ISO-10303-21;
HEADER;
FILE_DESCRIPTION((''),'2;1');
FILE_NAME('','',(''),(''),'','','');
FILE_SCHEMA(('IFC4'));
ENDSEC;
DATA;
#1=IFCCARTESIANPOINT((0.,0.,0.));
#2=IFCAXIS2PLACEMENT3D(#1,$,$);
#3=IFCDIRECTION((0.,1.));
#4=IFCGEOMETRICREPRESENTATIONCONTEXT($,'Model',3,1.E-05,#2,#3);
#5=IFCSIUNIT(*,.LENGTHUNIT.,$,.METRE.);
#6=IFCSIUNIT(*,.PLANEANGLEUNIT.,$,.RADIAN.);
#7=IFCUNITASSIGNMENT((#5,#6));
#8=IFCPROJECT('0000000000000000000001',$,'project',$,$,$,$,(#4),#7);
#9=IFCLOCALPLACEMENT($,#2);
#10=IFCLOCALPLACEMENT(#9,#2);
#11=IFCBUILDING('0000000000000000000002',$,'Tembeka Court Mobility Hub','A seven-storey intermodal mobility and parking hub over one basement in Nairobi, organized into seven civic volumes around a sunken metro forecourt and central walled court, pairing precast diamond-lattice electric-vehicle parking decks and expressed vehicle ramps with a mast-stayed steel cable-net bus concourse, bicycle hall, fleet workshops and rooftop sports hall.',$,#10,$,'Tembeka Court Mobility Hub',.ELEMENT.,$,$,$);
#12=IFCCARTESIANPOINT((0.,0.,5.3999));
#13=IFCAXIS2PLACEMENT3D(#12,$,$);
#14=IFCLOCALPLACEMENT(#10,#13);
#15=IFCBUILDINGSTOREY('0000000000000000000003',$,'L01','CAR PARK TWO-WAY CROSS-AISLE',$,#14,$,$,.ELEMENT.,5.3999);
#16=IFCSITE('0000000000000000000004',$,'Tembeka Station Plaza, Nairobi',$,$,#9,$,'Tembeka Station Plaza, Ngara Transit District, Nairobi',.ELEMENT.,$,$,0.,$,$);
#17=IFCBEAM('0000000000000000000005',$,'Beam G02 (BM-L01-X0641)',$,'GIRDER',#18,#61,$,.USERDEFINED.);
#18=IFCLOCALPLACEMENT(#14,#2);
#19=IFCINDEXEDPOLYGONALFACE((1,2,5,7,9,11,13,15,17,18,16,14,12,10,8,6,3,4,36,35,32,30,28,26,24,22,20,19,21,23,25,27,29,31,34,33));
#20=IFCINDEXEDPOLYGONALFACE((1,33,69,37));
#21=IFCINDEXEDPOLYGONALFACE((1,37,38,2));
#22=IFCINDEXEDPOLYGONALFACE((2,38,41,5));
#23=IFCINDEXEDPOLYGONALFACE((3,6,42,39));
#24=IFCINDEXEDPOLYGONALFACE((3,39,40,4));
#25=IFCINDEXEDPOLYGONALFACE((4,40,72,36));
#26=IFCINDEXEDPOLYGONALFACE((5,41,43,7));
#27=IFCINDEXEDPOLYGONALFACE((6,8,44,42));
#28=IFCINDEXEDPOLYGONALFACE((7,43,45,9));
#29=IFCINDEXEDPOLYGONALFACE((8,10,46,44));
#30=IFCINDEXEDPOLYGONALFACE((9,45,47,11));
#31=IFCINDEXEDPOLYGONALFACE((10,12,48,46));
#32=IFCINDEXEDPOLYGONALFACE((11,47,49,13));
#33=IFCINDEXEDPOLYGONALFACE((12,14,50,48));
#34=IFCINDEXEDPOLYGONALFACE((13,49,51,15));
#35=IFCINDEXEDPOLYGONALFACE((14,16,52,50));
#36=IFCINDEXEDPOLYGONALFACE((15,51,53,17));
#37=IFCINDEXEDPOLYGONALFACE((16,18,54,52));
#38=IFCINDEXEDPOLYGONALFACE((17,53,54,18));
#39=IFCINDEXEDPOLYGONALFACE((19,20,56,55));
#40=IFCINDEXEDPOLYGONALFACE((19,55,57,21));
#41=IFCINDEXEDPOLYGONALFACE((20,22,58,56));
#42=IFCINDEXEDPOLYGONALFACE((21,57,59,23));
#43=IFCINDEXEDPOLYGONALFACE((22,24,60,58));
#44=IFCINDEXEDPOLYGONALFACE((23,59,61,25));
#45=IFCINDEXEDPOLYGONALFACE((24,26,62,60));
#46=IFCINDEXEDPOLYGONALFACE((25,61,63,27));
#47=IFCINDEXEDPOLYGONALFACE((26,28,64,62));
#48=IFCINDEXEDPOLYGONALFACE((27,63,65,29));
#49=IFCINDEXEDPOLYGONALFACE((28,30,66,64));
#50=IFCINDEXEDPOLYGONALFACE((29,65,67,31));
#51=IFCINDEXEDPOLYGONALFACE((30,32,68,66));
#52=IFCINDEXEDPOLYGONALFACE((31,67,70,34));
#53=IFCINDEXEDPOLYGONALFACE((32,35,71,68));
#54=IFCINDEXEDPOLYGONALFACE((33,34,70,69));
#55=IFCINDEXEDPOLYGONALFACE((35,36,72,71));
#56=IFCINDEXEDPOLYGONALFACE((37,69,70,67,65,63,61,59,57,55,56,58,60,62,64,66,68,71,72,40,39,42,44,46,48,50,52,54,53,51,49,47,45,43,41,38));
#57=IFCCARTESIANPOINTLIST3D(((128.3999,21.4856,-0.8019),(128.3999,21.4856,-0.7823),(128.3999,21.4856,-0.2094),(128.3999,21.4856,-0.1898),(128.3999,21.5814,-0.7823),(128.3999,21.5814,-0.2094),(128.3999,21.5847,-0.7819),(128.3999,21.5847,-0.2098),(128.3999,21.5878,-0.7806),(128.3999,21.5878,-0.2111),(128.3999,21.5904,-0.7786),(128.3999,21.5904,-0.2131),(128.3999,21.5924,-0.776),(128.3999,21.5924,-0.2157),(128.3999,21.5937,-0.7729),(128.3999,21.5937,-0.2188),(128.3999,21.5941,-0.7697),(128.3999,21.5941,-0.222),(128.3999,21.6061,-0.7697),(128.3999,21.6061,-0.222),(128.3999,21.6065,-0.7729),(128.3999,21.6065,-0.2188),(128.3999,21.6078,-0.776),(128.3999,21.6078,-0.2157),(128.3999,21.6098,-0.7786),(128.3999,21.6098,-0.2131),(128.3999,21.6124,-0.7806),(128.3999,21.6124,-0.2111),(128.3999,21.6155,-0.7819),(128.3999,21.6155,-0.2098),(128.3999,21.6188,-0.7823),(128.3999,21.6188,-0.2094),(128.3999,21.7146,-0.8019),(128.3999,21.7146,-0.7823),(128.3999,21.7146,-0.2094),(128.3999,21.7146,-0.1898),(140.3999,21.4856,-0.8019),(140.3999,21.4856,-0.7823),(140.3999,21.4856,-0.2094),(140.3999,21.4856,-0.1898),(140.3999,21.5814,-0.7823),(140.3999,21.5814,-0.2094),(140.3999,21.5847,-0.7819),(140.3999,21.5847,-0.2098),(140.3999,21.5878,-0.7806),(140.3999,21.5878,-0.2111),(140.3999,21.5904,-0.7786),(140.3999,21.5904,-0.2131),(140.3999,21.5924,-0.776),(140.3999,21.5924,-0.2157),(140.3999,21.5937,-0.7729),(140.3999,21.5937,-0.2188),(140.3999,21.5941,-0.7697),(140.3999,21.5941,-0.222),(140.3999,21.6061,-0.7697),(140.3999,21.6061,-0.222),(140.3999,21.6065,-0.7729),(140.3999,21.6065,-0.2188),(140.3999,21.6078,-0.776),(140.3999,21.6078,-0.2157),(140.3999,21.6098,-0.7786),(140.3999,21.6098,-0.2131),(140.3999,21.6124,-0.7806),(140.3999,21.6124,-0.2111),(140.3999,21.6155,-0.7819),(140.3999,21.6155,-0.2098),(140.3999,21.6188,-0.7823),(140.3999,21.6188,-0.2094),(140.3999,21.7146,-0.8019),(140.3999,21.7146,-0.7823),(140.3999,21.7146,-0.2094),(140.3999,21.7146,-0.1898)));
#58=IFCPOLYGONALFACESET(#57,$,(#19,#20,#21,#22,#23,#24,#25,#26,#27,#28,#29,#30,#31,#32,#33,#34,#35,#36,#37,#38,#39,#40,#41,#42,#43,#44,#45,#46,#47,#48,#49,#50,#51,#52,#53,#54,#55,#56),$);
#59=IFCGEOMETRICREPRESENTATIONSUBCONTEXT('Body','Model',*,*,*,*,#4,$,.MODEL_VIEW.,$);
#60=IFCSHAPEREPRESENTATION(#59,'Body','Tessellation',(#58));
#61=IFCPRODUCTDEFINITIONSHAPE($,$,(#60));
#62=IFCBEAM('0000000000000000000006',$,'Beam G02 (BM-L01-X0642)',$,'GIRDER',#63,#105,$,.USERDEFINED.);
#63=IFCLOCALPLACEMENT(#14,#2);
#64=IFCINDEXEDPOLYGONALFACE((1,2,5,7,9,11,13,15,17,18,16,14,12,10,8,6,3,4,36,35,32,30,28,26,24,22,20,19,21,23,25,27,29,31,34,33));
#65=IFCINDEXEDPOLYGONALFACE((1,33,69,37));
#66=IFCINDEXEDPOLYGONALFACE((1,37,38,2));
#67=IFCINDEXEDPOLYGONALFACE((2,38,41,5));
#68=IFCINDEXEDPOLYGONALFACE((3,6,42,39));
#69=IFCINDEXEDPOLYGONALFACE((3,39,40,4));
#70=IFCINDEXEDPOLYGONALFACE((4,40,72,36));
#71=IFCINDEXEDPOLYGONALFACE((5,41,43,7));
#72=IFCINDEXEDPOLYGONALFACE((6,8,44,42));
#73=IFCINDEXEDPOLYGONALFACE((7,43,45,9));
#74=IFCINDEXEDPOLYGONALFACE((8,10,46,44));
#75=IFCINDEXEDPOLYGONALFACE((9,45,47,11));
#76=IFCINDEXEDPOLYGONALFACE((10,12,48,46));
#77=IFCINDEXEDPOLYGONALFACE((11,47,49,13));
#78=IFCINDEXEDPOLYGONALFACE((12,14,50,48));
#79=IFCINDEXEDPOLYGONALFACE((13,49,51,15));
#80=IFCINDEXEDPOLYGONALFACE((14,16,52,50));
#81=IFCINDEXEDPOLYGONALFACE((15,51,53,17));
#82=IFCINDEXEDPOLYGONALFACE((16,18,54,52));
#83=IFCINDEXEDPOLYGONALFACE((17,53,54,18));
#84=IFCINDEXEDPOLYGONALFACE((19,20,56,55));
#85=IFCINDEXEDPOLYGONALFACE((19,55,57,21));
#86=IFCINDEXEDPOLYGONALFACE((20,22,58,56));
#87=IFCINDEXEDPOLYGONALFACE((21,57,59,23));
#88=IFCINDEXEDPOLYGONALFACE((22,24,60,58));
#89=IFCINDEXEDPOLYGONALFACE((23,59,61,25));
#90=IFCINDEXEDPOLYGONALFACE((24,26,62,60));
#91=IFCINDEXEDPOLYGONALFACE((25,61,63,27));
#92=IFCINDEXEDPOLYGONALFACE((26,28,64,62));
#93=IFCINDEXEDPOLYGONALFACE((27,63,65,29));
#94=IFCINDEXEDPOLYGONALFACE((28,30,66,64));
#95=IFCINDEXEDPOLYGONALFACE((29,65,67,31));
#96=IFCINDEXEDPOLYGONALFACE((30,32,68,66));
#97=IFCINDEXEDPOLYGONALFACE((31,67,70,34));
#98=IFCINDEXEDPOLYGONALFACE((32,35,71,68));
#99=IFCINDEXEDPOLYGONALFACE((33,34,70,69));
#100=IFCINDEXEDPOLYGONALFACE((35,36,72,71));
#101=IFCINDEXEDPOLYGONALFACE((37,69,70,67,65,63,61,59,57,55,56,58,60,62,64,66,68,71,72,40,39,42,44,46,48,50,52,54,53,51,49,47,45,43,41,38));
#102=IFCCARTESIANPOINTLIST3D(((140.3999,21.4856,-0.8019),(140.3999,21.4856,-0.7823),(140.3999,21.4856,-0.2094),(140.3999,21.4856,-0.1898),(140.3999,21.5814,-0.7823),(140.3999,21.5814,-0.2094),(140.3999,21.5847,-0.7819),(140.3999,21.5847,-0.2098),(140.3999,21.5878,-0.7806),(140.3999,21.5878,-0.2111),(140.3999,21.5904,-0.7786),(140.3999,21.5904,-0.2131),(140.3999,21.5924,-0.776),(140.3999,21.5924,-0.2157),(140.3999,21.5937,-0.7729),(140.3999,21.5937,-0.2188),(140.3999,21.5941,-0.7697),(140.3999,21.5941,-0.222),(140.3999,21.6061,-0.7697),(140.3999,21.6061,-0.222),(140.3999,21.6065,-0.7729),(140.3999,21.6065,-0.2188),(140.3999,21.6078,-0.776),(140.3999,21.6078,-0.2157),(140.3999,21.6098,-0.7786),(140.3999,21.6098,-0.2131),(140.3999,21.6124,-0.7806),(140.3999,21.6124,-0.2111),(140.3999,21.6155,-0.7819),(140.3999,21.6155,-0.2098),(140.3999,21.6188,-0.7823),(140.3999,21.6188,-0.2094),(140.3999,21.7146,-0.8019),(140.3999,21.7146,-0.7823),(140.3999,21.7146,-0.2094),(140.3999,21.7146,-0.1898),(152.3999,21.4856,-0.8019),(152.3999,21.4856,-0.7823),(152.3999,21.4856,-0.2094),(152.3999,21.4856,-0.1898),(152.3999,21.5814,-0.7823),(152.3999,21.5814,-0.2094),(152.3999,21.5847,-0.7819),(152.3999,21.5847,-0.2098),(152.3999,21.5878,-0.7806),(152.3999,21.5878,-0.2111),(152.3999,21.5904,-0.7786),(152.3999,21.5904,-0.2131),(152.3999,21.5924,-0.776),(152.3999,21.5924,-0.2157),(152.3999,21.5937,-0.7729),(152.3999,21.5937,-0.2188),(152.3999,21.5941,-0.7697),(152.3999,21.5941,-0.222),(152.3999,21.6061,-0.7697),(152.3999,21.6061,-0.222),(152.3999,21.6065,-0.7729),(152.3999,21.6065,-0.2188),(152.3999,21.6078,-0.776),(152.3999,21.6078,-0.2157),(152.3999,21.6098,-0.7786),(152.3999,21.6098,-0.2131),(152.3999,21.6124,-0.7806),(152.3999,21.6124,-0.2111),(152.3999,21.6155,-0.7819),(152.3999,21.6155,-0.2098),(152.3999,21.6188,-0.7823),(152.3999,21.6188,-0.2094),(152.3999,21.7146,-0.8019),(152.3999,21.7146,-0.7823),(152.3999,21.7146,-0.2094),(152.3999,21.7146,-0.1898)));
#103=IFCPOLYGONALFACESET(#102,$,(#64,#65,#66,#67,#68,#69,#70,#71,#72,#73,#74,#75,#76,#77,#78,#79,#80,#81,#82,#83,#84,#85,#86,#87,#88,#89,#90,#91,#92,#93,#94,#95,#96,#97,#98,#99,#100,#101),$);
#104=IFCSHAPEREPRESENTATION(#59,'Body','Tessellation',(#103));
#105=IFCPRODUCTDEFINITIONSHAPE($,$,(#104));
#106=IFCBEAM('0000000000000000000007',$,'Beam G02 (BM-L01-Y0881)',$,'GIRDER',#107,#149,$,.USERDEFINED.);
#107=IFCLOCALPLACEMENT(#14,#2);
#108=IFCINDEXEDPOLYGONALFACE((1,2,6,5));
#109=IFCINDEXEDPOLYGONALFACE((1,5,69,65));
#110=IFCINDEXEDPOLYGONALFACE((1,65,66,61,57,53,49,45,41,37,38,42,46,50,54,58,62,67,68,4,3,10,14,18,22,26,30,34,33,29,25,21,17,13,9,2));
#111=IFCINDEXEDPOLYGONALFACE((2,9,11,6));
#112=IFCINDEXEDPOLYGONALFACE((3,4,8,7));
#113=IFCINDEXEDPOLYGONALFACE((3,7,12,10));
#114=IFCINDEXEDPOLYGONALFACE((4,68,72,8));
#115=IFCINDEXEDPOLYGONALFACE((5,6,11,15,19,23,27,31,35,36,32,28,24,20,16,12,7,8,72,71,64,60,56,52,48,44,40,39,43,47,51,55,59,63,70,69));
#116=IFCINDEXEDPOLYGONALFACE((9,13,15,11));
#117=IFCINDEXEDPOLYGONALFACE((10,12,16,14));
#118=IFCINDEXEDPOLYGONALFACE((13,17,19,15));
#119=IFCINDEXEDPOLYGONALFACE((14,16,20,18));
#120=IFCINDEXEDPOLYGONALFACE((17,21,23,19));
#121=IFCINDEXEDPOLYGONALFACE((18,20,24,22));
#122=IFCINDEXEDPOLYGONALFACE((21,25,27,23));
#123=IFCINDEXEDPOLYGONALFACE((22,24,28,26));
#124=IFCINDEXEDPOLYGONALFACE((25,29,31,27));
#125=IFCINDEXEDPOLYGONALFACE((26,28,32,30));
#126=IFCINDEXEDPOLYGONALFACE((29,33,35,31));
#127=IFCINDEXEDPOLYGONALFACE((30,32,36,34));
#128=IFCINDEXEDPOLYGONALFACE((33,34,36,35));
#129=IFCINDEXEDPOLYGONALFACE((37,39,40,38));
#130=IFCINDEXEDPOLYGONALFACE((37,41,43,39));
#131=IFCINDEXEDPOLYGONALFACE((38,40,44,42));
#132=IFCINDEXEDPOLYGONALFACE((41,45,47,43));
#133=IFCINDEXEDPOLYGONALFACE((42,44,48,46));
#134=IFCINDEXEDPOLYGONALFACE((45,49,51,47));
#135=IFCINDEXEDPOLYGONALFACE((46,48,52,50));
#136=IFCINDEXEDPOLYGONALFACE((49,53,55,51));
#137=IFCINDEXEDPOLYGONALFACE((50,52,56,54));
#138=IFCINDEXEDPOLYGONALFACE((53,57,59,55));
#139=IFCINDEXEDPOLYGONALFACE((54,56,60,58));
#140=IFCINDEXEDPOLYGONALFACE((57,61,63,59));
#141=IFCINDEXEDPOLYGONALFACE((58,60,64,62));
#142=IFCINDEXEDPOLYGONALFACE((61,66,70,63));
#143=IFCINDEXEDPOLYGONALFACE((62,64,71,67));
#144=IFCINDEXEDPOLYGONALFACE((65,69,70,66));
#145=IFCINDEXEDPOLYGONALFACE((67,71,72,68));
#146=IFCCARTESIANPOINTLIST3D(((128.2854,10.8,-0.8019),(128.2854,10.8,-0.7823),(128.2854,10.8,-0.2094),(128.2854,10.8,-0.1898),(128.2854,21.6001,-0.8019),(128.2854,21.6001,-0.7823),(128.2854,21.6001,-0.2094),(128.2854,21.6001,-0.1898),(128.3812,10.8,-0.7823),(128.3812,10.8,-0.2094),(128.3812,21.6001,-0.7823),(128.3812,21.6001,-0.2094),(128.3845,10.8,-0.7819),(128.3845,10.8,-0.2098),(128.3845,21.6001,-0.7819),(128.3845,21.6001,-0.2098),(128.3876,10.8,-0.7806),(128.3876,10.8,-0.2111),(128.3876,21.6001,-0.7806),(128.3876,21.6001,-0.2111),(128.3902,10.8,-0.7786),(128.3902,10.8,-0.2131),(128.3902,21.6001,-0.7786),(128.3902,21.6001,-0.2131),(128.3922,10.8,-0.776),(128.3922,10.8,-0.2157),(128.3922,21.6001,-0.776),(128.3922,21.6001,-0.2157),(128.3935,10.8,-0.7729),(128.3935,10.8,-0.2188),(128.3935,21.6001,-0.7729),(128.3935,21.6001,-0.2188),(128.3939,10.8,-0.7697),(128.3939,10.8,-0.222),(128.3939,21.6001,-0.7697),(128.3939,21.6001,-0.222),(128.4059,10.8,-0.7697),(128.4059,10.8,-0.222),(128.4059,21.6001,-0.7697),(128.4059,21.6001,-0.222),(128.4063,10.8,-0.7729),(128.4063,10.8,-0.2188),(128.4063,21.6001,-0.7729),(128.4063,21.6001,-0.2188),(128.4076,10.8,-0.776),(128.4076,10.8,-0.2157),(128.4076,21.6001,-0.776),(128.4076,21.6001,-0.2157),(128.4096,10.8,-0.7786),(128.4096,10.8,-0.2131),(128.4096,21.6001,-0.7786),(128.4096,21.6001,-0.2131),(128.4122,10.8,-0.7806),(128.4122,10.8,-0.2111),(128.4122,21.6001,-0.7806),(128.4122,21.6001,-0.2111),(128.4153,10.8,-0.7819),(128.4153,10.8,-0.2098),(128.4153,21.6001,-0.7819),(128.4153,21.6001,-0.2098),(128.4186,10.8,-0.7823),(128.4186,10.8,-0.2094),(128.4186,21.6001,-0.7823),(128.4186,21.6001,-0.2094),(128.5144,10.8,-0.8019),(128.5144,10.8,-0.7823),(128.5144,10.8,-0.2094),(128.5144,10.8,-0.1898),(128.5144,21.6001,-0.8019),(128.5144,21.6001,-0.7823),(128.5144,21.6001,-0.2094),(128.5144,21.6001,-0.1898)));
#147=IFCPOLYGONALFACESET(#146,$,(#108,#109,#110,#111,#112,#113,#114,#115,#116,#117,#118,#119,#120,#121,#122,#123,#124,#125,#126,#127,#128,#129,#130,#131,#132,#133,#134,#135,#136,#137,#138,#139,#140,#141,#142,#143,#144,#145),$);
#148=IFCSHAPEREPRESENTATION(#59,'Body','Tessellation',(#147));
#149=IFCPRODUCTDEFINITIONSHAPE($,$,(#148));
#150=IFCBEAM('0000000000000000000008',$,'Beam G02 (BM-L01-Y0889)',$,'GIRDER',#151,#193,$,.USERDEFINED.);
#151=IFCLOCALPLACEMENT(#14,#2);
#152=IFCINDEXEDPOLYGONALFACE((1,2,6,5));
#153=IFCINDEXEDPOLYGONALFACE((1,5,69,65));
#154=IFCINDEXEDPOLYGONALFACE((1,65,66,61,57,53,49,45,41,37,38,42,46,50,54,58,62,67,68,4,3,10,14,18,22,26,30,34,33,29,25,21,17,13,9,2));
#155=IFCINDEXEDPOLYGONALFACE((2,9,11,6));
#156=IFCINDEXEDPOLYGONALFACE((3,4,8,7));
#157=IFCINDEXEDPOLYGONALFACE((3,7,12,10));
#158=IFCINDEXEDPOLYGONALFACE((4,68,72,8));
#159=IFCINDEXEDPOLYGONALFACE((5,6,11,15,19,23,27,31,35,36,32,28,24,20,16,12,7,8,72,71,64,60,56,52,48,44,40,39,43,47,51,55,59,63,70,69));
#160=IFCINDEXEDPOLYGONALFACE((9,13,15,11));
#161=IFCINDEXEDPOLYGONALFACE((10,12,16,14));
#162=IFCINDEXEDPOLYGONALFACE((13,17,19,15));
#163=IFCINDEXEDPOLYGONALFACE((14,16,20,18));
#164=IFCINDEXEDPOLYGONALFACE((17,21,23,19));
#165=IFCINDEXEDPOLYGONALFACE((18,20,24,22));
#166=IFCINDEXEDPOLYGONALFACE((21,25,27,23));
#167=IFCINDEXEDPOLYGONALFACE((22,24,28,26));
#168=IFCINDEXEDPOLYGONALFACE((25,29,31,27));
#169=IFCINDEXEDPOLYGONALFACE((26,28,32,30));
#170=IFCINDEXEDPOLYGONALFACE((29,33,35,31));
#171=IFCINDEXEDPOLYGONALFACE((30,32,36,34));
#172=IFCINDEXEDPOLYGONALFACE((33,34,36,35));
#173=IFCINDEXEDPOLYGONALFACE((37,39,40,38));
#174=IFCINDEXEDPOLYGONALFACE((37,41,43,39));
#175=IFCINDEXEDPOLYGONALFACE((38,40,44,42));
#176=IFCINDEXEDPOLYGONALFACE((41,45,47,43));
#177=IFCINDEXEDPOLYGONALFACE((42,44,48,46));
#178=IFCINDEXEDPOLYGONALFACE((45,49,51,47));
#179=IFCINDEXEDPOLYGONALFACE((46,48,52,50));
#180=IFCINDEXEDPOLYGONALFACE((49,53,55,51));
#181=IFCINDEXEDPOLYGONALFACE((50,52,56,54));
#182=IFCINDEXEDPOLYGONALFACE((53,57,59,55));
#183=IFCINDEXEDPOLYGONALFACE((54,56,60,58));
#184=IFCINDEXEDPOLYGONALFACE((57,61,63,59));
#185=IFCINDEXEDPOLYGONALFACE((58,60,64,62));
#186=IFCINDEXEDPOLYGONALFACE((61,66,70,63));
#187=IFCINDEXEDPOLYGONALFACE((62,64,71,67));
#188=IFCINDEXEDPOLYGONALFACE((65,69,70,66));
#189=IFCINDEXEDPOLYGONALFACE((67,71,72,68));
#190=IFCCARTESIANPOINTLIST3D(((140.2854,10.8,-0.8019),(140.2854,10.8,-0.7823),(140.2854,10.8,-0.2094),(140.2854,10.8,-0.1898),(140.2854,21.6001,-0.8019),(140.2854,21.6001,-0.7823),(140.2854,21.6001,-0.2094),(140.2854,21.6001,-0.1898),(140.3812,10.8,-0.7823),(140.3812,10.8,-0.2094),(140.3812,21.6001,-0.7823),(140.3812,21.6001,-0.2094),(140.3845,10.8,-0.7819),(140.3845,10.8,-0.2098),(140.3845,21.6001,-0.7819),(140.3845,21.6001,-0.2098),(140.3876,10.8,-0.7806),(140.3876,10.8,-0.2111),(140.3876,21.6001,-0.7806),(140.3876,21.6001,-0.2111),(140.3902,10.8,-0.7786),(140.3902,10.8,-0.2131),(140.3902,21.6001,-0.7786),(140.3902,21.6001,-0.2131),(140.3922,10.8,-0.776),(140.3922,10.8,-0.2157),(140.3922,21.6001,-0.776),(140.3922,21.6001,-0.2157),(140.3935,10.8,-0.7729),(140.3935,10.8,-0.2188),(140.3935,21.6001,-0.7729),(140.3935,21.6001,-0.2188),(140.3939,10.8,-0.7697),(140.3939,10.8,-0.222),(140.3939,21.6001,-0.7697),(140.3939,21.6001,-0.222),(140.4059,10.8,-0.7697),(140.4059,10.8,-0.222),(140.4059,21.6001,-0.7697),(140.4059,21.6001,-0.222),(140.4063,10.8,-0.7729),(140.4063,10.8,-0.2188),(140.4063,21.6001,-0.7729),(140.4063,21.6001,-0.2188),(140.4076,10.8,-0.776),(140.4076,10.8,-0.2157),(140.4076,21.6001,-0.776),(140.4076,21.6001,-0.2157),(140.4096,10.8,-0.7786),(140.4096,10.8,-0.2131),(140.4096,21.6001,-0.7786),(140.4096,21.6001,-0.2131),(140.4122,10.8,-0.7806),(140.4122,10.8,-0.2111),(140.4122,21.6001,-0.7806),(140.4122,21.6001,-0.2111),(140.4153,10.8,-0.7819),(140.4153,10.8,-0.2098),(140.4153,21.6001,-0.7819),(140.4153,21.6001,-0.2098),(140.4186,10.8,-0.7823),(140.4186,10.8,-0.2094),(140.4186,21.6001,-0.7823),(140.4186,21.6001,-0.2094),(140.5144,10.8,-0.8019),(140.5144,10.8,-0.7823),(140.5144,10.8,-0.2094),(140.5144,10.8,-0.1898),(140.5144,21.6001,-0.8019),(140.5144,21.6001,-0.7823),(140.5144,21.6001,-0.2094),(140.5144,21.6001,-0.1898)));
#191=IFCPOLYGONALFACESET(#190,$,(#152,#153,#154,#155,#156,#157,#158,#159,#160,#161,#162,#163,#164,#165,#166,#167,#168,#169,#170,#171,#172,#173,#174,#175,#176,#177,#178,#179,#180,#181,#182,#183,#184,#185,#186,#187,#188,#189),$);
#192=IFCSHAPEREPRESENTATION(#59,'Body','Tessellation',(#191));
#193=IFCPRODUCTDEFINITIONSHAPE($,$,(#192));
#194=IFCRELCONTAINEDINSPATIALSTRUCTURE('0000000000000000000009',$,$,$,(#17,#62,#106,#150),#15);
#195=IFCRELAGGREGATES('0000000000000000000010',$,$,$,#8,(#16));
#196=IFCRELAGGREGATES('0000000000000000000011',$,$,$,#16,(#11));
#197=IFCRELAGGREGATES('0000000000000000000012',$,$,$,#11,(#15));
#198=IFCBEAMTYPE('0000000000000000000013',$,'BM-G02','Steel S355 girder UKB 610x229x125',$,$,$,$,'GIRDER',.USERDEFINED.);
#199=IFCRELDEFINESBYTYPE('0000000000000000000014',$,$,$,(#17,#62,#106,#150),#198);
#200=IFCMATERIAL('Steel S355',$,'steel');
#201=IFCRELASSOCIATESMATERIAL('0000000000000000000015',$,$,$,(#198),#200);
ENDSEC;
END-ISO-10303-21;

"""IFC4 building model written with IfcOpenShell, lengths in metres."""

from ifc_helpers import new_model, si_unit, direction, frame, origin, origin_2d, place, context, subcontext, project, spatial, i_section, extrude, material, material_profile, profile_set, type_object, element, save


model = new_model("IFC4")

# Units and contexts
model_context = context("Model", 3, precision=1e-05, world=origin(), true_north=direction((0.0, 1.0)))
body_context = subcontext(model_context, "Body", "Model", "MODEL_VIEW")
ifc_project = project(units=[si_unit("LENGTHUNIT", "METRE"), si_unit("PLANEANGLEUNIT", "RADIAN")], contexts=[model_context])

# Site, building, storey
site_placement = place(None, origin())
site = spatial("IfcSite", under=ifc_project, at=site_placement, Name="Tembeka Station Plaza, Nairobi", LongName="Tembeka Station Plaza, Ngara Transit District, Nairobi", CompositionType="ELEMENT", RefElevation=0.0)
building_placement = place(site_placement, origin())
building = spatial("IfcBuilding", under=site, at=building_placement, Name="Tembeka Court Mobility Hub", Description="A seven-storey intermodal mobility and parking hub over one basement in Nairobi, organized into seven civic volumes around a sunken metro forecourt and central walled court, pairing precast diamond-lattice electric-vehicle parking decks and expressed vehicle ramps with a mast-stayed steel cable-net bus concourse, bicycle hall, fleet workshops and rooftop sports hall.", LongName="Tembeka Court Mobility Hub", CompositionType="ELEMENT")
storey_placement = place(building_placement, frame((0.0, 0.0, 5.3999)))
storey = spatial("IfcBuildingStorey", under=building, at=storey_placement, Name="L01", Description="CAR PARK TWO-WAY CROSS-AISLE", CompositionType="ELEMENT", Elevation=5.3999)

# Shared definitions
ifc_material_1 = material(Name="Steel S355", Category="steel")

# Beams
ifc_material_profile_1 = material_profile(ifc_material_1, i_section(OverallWidth=0.229, OverallDepth=0.6121, WebThickness=0.012, FlangeThickness=0.0195, FilletRadius=0.0127, at=origin_2d()), Name="UKB 610x229x125")
ifc_profile_set_1 = profile_set([ifc_material_profile_1], Name="Steel S355")
beam_type_1 = type_object("IfcBeamType", Name="BM-G02", Description="Steel S355 girder UKB 610x229x125", ElementType="GIRDER", PredefinedType="USERDEFINED", material=ifc_profile_set_1)
for number, where, z_axis, x_axis, name in (
    (1, (128.3999, 21.6001, -0.4958), (1.0, 0.0, 0.0), (0.0, 1.0, 0.0), "Beam G02 (BM-L01-X0641)"),
    (2, (140.3999, 21.6001, -0.4958), (1.0, 0.0, 0.0), (0.0, 1.0, 0.0), "Beam G02 (BM-L01-X0642)"),
):
    element("IfcBeam", number, at=place(storey_placement, frame(where, z_axis=z_axis, x_axis=x_axis)), inside=storey, type_object=beam_type_1, Name=name, ObjectType="GIRDER", PredefinedType="USERDEFINED", context=body_context, shape_type="SweptSolid", body=[
        extrude(i_section(OverallWidth=0.229, OverallDepth=0.6121, WebThickness=0.012, FlangeThickness=0.0195, FilletRadius=0.0127, at=origin_2d()), origin(), (0.0, 0.0, 1.0), 12.0),
    ])
for number, where, z_axis, x_axis, name in (
    (3, (128.3999, 10.8, -0.4958), (0.0, 1.0, 0.0), (-1.0, 0.0, 0.0), "Beam G02 (BM-L01-Y0881)"),
    (4, (140.3999, 10.8, -0.4958), (0.0, 1.0, 0.0), (-1.0, 0.0, 0.0), "Beam G02 (BM-L01-Y0889)"),
):
    element("IfcBeam", number, at=place(storey_placement, frame(where, z_axis=z_axis, x_axis=x_axis)), inside=storey, type_object=beam_type_1, Name=name, ObjectType="GIRDER", PredefinedType="USERDEFINED", context=body_context, shape_type="SweptSolid", body=[
        extrude(i_section(OverallWidth=0.229, OverallDepth=0.6121, WebThickness=0.012, FlangeThickness=0.0195, FilletRadius=0.0127, at=origin_2d()), origin(), (0.0, 0.0, 1.0), 10.8),
    ])

save(model, "model.ifc")
